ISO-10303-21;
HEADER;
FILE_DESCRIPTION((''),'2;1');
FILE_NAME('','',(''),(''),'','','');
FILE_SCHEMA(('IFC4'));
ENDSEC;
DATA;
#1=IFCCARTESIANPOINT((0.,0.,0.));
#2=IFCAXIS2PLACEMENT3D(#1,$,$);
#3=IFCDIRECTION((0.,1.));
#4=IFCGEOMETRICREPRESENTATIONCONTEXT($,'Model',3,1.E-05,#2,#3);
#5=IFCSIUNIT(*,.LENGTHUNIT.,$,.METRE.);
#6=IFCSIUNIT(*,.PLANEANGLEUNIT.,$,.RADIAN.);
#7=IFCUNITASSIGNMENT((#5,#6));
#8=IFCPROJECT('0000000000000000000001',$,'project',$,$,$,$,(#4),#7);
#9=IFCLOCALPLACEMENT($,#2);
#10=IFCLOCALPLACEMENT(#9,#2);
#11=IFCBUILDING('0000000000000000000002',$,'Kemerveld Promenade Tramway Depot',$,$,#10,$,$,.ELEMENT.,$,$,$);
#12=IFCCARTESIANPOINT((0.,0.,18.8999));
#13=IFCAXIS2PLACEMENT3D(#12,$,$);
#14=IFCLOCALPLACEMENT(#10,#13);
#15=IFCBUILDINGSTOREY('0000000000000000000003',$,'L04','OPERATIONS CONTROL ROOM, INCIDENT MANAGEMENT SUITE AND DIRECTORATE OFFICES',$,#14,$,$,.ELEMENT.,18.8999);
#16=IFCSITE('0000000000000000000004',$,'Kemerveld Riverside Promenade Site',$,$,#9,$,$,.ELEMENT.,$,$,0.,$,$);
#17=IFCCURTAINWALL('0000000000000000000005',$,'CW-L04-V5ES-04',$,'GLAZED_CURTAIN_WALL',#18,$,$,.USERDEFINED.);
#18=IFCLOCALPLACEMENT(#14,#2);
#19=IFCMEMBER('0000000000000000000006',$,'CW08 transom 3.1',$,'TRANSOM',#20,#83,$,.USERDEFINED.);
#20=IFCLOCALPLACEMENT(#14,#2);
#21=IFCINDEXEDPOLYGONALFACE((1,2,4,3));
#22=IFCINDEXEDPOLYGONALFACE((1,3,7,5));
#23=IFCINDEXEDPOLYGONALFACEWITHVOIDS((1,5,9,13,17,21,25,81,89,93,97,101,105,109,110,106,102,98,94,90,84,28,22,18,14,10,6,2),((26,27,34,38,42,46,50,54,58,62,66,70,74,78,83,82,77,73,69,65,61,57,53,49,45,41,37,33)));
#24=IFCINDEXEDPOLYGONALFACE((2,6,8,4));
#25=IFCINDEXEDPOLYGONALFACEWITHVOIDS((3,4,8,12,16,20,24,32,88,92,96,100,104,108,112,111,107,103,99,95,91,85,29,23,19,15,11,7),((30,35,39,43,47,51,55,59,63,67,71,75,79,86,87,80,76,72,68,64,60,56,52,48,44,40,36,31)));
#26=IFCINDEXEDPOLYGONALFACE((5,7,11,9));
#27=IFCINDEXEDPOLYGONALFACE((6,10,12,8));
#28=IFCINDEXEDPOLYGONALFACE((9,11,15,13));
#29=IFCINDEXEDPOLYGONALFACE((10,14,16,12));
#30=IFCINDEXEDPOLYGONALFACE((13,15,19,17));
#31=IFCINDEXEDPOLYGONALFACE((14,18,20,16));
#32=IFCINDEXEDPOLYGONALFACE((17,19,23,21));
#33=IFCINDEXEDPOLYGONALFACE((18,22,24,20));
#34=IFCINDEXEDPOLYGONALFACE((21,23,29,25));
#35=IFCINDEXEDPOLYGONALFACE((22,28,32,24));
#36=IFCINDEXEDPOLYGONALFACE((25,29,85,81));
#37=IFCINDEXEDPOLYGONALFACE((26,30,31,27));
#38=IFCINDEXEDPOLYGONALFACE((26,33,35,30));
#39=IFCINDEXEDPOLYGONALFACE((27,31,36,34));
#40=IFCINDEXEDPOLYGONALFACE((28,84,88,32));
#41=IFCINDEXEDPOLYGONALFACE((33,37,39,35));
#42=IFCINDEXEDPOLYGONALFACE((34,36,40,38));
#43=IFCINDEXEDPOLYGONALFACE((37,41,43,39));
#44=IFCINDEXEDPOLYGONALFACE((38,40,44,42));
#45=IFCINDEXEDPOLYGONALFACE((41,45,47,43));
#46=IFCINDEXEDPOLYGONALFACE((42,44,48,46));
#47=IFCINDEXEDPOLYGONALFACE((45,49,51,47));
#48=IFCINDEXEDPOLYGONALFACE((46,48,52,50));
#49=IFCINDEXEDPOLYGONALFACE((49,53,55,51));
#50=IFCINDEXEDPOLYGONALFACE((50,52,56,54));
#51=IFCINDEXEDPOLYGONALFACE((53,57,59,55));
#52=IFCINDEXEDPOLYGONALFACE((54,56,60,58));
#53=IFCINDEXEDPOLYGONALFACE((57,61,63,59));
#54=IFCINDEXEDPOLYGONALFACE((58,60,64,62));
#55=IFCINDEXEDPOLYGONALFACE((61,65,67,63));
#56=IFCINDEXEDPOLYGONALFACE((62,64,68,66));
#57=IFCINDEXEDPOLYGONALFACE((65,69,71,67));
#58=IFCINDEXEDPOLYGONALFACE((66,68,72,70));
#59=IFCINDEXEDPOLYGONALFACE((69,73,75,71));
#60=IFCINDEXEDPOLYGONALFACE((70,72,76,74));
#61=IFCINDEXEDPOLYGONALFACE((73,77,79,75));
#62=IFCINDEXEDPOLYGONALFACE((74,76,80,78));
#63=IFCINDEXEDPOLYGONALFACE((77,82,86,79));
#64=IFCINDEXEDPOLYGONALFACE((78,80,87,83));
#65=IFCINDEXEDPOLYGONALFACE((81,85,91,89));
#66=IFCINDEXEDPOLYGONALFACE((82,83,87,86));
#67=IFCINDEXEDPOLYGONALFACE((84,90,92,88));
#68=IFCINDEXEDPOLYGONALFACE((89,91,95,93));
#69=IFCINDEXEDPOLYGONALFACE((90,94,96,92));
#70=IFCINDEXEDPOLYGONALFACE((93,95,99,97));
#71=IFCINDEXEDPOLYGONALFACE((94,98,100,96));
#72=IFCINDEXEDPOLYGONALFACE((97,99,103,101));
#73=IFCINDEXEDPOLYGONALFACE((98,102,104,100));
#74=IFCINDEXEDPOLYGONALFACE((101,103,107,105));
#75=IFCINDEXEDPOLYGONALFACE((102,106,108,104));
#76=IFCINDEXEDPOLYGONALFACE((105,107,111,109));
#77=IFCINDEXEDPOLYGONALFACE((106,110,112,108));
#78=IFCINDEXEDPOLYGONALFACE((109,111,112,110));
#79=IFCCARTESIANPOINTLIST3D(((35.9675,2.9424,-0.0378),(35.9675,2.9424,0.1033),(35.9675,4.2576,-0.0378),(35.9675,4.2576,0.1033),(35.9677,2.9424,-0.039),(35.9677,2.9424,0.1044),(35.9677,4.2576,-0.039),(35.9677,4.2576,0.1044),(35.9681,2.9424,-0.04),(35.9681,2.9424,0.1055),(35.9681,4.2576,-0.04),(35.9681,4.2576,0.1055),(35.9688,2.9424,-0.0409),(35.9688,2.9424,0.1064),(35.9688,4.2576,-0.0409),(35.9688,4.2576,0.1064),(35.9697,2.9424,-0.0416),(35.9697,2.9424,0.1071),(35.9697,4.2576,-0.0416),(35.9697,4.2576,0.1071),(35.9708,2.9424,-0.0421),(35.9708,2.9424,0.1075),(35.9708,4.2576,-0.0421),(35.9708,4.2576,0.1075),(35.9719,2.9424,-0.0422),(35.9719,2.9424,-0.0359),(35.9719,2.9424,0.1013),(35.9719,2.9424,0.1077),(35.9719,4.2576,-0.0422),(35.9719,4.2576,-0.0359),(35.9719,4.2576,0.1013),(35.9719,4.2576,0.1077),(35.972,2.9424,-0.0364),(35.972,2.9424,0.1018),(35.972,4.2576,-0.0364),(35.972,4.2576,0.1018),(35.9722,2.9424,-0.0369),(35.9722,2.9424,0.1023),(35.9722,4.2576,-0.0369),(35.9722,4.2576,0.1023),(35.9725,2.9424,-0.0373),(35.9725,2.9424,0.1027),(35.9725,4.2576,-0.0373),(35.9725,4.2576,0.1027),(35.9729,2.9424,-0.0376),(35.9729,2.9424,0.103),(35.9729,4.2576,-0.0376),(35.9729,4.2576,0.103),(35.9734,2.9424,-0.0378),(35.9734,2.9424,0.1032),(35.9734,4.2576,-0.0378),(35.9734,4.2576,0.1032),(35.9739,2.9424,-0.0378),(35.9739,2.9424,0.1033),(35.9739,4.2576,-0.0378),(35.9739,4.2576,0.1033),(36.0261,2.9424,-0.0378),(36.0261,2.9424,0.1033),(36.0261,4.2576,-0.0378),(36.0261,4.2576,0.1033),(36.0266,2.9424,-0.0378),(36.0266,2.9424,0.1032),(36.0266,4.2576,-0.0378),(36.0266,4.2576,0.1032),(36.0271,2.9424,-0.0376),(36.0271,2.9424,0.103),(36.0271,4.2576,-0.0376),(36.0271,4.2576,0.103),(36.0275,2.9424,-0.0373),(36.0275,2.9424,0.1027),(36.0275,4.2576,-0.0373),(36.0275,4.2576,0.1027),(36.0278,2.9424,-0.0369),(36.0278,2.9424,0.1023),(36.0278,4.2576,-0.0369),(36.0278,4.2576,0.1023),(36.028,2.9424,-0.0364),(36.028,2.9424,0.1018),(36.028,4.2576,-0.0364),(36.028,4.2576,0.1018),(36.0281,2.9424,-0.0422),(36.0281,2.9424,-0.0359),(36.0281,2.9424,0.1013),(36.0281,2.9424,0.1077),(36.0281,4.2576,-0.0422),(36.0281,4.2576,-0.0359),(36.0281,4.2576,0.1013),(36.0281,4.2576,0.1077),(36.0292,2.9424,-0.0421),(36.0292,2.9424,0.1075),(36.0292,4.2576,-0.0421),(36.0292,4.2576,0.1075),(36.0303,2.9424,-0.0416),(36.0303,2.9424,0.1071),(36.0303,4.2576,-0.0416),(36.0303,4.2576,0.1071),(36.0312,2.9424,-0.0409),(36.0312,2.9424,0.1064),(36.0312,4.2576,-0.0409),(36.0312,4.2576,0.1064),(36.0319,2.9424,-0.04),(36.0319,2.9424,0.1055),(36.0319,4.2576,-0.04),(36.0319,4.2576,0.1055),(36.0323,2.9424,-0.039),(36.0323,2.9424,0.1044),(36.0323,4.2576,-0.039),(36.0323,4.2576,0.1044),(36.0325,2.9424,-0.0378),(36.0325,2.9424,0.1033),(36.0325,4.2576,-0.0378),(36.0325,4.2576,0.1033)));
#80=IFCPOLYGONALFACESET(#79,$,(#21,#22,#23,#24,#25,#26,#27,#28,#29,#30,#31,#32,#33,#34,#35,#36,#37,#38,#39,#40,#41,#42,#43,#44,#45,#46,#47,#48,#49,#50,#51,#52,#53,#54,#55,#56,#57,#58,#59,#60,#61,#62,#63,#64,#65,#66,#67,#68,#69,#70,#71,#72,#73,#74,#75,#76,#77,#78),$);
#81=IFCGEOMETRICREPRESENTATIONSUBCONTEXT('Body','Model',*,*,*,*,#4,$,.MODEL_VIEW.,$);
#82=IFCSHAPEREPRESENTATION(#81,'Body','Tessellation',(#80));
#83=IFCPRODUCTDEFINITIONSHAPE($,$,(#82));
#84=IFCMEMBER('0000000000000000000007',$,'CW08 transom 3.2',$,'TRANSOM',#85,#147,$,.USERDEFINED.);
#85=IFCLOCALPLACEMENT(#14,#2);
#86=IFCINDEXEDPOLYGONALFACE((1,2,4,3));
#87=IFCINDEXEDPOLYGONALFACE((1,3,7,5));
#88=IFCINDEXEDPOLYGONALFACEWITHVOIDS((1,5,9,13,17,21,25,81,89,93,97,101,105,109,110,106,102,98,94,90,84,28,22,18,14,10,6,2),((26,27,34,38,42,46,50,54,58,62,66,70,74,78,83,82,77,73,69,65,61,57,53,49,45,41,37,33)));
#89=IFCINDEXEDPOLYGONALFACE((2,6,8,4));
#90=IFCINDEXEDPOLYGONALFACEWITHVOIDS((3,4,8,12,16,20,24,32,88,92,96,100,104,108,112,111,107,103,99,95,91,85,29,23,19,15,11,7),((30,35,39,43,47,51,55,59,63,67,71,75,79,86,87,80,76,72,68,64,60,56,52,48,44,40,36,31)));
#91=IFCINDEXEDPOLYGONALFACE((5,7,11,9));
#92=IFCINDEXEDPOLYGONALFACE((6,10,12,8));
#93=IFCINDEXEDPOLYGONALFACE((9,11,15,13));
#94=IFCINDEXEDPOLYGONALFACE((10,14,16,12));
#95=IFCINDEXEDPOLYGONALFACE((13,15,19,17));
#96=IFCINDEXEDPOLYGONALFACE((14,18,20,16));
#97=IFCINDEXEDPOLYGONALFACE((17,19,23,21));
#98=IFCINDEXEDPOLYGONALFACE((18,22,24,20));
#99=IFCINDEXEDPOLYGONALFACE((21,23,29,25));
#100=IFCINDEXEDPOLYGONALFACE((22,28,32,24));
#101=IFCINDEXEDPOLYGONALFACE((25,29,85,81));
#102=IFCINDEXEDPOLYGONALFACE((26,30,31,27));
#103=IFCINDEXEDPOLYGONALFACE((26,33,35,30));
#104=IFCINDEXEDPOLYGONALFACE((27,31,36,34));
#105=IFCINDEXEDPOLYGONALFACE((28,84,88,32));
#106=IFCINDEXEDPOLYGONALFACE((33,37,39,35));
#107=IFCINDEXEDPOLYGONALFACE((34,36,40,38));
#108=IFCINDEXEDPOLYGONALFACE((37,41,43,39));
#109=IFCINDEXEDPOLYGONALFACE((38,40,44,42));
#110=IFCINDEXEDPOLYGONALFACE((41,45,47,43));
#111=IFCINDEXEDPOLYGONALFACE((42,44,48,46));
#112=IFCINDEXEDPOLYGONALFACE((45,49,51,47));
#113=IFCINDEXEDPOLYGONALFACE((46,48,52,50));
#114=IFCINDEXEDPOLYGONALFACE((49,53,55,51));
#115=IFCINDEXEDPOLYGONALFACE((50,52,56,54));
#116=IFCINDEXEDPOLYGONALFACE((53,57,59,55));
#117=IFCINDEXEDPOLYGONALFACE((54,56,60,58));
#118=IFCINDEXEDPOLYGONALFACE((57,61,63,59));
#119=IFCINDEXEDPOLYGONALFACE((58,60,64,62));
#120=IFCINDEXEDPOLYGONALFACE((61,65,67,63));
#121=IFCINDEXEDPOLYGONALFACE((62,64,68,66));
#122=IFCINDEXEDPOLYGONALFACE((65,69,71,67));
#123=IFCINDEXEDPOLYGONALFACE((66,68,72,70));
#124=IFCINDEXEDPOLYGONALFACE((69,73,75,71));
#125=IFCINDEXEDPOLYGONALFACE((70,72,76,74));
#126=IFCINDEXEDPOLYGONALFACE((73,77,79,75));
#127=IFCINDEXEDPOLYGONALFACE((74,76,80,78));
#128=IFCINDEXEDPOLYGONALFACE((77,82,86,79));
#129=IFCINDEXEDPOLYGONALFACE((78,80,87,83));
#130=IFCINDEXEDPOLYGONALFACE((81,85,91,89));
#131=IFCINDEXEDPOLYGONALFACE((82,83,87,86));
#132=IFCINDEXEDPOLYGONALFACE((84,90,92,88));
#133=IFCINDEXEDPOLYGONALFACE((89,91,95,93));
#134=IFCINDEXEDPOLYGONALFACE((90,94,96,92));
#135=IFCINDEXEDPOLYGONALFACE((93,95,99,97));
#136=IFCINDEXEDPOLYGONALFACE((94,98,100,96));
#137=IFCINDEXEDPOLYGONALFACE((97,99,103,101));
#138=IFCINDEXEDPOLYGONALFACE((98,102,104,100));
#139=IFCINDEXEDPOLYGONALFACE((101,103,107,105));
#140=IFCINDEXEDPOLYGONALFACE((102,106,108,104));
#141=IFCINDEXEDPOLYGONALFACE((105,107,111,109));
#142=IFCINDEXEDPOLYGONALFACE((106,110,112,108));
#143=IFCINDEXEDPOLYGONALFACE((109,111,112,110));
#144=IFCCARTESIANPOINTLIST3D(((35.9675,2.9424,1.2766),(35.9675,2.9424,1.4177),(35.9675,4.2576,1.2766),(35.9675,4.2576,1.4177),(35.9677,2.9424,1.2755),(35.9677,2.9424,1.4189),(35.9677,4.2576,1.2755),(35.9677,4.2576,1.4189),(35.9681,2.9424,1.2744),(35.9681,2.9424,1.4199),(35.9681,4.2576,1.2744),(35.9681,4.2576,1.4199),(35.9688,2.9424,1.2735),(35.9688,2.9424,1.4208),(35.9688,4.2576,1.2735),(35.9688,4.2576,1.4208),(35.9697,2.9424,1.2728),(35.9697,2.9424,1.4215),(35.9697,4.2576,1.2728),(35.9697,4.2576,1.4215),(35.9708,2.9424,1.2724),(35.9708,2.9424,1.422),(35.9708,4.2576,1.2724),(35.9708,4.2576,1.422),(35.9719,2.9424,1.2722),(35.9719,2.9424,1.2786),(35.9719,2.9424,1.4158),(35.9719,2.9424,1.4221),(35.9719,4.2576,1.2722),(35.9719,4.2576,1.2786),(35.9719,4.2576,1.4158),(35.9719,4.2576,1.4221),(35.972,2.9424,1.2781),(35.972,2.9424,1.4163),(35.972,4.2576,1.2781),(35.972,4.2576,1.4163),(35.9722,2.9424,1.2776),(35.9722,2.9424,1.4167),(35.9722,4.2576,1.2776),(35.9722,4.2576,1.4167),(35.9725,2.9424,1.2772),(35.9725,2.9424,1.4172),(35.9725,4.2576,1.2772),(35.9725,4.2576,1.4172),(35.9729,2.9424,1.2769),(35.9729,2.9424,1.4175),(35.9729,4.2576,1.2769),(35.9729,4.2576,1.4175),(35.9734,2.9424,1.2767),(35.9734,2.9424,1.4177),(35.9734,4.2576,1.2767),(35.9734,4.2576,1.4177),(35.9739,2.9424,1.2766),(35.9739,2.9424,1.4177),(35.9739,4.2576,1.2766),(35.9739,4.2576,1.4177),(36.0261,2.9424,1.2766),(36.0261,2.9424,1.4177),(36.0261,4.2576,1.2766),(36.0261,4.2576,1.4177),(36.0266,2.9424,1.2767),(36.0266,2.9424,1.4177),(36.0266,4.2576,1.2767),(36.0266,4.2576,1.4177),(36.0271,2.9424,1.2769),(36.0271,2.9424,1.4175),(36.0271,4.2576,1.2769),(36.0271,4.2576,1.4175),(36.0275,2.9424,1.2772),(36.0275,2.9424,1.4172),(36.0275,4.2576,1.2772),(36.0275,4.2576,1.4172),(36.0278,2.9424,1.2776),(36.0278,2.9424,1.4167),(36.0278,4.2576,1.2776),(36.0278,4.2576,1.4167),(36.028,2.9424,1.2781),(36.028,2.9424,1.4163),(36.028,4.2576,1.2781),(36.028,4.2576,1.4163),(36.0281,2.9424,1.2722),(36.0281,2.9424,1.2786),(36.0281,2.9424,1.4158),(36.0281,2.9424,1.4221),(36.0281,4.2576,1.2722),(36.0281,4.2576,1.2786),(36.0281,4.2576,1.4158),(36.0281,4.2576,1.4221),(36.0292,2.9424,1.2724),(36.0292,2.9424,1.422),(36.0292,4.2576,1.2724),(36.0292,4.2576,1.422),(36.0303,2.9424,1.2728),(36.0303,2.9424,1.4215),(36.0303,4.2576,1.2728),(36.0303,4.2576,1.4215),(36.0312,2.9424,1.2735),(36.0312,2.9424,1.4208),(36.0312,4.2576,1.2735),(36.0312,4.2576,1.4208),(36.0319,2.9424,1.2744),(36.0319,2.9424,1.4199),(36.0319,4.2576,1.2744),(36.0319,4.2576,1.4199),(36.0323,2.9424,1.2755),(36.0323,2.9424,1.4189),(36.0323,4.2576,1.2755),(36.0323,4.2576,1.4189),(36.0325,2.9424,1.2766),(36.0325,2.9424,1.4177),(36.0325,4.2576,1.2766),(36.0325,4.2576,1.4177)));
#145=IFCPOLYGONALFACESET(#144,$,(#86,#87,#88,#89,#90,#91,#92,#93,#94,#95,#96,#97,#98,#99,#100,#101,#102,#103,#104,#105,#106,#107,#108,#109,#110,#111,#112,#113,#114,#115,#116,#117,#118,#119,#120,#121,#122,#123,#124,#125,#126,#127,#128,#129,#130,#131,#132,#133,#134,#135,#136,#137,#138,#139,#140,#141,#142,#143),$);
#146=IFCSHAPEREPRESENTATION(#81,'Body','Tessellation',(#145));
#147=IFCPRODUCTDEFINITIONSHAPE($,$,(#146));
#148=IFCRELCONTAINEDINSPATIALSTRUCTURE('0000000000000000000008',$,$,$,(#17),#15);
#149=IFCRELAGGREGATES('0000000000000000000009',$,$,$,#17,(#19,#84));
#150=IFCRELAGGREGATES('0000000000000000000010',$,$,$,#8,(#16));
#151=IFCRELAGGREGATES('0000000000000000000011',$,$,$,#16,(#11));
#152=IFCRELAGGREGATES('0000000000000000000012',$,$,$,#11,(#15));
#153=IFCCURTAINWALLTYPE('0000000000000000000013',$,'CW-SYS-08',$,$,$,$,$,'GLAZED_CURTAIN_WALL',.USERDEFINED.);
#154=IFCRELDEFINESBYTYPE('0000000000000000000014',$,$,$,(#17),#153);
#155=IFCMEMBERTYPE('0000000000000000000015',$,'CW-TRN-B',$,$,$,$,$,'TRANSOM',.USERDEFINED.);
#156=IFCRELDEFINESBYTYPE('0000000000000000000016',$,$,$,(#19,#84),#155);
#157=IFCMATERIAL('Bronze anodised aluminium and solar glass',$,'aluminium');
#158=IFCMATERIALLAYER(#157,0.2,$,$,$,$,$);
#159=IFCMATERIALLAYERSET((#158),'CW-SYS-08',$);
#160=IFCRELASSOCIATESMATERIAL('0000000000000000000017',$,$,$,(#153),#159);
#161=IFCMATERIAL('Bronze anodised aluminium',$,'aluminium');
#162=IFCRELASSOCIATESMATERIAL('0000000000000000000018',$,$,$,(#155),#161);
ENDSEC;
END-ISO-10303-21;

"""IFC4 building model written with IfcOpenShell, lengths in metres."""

from ifc_helpers import new_model, si_unit, direction, frame, origin, origin_2d, place, context, subcontext, project, spatial, hollow_rectangle, extrude, material, layer, layer_set, material_profile, profile_set, type_object, element, aggregate, save


model = new_model("IFC4")

# Units and contexts
model_context = context("Model", 3, precision=1e-05, world=origin(), true_north=direction((0.0, 1.0)))
body_context = subcontext(model_context, "Body", "Model", "MODEL_VIEW")
ifc_project = project(units=[si_unit("LENGTHUNIT", "METRE"), si_unit("PLANEANGLEUNIT", "RADIAN")], contexts=[model_context])

# Site, building, storey
site_placement = place(None, origin())
site = spatial("IfcSite", under=ifc_project, at=site_placement, Name="Kemerveld Riverside Promenade Site", CompositionType="ELEMENT", RefElevation=0.0)
building_placement = place(site_placement, origin())
building = spatial("IfcBuilding", under=site, at=building_placement, Name="Kemerveld Promenade Tramway Depot", CompositionType="ELEMENT")
storey_placement = place(building_placement, frame((0.0, 0.0, 18.8999)))
storey = spatial("IfcBuildingStorey", under=building, at=storey_placement, Name="L04", Description="OPERATIONS CONTROL ROOM, INCIDENT MANAGEMENT SUITE AND DIRECTORATE OFFICES", CompositionType="ELEMENT", Elevation=18.8999)

# Curtain wall, members
ifc_material_1 = material(Name="Bronze anodised aluminium and solar glass", Category="aluminium")
ifc_layer_1 = layer(ifc_material_1, 0.2)
ifc_layer_set_1 = layer_set([ifc_layer_1], Name="CW-SYS-08")
curtain_wall_type = type_object("IfcCurtainWallType", Name="CW-SYS-08", ElementType="GLAZED_CURTAIN_WALL", PredefinedType="USERDEFINED", material=ifc_layer_set_1)
curtain_wall_placement = place(storey_placement, origin())
curtain_wall = element("IfcCurtainWall", 1, at=curtain_wall_placement, inside=storey, type_object=curtain_wall_type, Name="CW-L04-V5ES-04", ObjectType="GLAZED_CURTAIN_WALL", PredefinedType="USERDEFINED")
ifc_material_2 = material(Name="Bronze anodised aluminium", Category="aluminium")
ifc_material_profile_1 = material_profile(ifc_material_2, hollow_rectangle(XDim=0.0649, YDim=0.1499, WallThickness=0.0044, InnerFilletRadius=0.002, OuterFilletRadius=0.0044, at=origin_2d()), Name="CW-TRN-150x65")
ifc_profile_set_1 = profile_set([ifc_material_profile_1], Name="Bronze anodised aluminium")
member_type_1 = type_object("IfcMemberType", Name="CW-TRN-B", ElementType="TRANSOM", PredefinedType="USERDEFINED", material=ifc_profile_set_1)
member_1_placement = place(storey_placement, frame((36.0, 4.2576, 0.0327), z_axis=(0.0, -1.0, 0.0), x_axis=(1.0, 0.0, 0.0)))
member_1 = element("IfcMember", 2, at=member_1_placement, type_object=member_type_1, Name="CW08 transom 3.1", ObjectType="TRANSOM", PredefinedType="USERDEFINED", context=body_context, shape_type="SweptSolid", body=[
    extrude(hollow_rectangle(XDim=0.0649, YDim=0.1499, WallThickness=0.0044, InnerFilletRadius=0.002, OuterFilletRadius=0.0044, at=origin_2d()), origin(), (0.0, 0.0, 1.0), 1.3152),
])
member_2_placement = place(storey_placement, frame((36.0, 4.2576, 1.3472), z_axis=(0.0, -1.0, 0.0), x_axis=(1.0, 0.0, 0.0)))
member_2 = element("IfcMember", 3, at=member_2_placement, type_object=member_type_1, Name="CW08 transom 3.2", ObjectType="TRANSOM", PredefinedType="USERDEFINED", context=body_context, shape_type="SweptSolid", body=[
    extrude(hollow_rectangle(XDim=0.0649, YDim=0.1499, WallThickness=0.0044, InnerFilletRadius=0.002, OuterFilletRadius=0.0044, at=origin_2d()), origin(), (0.0, 0.0, 1.0), 1.3152),
])
aggregate(curtain_wall, [member_1, member_2])

save(model, "model.ifc")
